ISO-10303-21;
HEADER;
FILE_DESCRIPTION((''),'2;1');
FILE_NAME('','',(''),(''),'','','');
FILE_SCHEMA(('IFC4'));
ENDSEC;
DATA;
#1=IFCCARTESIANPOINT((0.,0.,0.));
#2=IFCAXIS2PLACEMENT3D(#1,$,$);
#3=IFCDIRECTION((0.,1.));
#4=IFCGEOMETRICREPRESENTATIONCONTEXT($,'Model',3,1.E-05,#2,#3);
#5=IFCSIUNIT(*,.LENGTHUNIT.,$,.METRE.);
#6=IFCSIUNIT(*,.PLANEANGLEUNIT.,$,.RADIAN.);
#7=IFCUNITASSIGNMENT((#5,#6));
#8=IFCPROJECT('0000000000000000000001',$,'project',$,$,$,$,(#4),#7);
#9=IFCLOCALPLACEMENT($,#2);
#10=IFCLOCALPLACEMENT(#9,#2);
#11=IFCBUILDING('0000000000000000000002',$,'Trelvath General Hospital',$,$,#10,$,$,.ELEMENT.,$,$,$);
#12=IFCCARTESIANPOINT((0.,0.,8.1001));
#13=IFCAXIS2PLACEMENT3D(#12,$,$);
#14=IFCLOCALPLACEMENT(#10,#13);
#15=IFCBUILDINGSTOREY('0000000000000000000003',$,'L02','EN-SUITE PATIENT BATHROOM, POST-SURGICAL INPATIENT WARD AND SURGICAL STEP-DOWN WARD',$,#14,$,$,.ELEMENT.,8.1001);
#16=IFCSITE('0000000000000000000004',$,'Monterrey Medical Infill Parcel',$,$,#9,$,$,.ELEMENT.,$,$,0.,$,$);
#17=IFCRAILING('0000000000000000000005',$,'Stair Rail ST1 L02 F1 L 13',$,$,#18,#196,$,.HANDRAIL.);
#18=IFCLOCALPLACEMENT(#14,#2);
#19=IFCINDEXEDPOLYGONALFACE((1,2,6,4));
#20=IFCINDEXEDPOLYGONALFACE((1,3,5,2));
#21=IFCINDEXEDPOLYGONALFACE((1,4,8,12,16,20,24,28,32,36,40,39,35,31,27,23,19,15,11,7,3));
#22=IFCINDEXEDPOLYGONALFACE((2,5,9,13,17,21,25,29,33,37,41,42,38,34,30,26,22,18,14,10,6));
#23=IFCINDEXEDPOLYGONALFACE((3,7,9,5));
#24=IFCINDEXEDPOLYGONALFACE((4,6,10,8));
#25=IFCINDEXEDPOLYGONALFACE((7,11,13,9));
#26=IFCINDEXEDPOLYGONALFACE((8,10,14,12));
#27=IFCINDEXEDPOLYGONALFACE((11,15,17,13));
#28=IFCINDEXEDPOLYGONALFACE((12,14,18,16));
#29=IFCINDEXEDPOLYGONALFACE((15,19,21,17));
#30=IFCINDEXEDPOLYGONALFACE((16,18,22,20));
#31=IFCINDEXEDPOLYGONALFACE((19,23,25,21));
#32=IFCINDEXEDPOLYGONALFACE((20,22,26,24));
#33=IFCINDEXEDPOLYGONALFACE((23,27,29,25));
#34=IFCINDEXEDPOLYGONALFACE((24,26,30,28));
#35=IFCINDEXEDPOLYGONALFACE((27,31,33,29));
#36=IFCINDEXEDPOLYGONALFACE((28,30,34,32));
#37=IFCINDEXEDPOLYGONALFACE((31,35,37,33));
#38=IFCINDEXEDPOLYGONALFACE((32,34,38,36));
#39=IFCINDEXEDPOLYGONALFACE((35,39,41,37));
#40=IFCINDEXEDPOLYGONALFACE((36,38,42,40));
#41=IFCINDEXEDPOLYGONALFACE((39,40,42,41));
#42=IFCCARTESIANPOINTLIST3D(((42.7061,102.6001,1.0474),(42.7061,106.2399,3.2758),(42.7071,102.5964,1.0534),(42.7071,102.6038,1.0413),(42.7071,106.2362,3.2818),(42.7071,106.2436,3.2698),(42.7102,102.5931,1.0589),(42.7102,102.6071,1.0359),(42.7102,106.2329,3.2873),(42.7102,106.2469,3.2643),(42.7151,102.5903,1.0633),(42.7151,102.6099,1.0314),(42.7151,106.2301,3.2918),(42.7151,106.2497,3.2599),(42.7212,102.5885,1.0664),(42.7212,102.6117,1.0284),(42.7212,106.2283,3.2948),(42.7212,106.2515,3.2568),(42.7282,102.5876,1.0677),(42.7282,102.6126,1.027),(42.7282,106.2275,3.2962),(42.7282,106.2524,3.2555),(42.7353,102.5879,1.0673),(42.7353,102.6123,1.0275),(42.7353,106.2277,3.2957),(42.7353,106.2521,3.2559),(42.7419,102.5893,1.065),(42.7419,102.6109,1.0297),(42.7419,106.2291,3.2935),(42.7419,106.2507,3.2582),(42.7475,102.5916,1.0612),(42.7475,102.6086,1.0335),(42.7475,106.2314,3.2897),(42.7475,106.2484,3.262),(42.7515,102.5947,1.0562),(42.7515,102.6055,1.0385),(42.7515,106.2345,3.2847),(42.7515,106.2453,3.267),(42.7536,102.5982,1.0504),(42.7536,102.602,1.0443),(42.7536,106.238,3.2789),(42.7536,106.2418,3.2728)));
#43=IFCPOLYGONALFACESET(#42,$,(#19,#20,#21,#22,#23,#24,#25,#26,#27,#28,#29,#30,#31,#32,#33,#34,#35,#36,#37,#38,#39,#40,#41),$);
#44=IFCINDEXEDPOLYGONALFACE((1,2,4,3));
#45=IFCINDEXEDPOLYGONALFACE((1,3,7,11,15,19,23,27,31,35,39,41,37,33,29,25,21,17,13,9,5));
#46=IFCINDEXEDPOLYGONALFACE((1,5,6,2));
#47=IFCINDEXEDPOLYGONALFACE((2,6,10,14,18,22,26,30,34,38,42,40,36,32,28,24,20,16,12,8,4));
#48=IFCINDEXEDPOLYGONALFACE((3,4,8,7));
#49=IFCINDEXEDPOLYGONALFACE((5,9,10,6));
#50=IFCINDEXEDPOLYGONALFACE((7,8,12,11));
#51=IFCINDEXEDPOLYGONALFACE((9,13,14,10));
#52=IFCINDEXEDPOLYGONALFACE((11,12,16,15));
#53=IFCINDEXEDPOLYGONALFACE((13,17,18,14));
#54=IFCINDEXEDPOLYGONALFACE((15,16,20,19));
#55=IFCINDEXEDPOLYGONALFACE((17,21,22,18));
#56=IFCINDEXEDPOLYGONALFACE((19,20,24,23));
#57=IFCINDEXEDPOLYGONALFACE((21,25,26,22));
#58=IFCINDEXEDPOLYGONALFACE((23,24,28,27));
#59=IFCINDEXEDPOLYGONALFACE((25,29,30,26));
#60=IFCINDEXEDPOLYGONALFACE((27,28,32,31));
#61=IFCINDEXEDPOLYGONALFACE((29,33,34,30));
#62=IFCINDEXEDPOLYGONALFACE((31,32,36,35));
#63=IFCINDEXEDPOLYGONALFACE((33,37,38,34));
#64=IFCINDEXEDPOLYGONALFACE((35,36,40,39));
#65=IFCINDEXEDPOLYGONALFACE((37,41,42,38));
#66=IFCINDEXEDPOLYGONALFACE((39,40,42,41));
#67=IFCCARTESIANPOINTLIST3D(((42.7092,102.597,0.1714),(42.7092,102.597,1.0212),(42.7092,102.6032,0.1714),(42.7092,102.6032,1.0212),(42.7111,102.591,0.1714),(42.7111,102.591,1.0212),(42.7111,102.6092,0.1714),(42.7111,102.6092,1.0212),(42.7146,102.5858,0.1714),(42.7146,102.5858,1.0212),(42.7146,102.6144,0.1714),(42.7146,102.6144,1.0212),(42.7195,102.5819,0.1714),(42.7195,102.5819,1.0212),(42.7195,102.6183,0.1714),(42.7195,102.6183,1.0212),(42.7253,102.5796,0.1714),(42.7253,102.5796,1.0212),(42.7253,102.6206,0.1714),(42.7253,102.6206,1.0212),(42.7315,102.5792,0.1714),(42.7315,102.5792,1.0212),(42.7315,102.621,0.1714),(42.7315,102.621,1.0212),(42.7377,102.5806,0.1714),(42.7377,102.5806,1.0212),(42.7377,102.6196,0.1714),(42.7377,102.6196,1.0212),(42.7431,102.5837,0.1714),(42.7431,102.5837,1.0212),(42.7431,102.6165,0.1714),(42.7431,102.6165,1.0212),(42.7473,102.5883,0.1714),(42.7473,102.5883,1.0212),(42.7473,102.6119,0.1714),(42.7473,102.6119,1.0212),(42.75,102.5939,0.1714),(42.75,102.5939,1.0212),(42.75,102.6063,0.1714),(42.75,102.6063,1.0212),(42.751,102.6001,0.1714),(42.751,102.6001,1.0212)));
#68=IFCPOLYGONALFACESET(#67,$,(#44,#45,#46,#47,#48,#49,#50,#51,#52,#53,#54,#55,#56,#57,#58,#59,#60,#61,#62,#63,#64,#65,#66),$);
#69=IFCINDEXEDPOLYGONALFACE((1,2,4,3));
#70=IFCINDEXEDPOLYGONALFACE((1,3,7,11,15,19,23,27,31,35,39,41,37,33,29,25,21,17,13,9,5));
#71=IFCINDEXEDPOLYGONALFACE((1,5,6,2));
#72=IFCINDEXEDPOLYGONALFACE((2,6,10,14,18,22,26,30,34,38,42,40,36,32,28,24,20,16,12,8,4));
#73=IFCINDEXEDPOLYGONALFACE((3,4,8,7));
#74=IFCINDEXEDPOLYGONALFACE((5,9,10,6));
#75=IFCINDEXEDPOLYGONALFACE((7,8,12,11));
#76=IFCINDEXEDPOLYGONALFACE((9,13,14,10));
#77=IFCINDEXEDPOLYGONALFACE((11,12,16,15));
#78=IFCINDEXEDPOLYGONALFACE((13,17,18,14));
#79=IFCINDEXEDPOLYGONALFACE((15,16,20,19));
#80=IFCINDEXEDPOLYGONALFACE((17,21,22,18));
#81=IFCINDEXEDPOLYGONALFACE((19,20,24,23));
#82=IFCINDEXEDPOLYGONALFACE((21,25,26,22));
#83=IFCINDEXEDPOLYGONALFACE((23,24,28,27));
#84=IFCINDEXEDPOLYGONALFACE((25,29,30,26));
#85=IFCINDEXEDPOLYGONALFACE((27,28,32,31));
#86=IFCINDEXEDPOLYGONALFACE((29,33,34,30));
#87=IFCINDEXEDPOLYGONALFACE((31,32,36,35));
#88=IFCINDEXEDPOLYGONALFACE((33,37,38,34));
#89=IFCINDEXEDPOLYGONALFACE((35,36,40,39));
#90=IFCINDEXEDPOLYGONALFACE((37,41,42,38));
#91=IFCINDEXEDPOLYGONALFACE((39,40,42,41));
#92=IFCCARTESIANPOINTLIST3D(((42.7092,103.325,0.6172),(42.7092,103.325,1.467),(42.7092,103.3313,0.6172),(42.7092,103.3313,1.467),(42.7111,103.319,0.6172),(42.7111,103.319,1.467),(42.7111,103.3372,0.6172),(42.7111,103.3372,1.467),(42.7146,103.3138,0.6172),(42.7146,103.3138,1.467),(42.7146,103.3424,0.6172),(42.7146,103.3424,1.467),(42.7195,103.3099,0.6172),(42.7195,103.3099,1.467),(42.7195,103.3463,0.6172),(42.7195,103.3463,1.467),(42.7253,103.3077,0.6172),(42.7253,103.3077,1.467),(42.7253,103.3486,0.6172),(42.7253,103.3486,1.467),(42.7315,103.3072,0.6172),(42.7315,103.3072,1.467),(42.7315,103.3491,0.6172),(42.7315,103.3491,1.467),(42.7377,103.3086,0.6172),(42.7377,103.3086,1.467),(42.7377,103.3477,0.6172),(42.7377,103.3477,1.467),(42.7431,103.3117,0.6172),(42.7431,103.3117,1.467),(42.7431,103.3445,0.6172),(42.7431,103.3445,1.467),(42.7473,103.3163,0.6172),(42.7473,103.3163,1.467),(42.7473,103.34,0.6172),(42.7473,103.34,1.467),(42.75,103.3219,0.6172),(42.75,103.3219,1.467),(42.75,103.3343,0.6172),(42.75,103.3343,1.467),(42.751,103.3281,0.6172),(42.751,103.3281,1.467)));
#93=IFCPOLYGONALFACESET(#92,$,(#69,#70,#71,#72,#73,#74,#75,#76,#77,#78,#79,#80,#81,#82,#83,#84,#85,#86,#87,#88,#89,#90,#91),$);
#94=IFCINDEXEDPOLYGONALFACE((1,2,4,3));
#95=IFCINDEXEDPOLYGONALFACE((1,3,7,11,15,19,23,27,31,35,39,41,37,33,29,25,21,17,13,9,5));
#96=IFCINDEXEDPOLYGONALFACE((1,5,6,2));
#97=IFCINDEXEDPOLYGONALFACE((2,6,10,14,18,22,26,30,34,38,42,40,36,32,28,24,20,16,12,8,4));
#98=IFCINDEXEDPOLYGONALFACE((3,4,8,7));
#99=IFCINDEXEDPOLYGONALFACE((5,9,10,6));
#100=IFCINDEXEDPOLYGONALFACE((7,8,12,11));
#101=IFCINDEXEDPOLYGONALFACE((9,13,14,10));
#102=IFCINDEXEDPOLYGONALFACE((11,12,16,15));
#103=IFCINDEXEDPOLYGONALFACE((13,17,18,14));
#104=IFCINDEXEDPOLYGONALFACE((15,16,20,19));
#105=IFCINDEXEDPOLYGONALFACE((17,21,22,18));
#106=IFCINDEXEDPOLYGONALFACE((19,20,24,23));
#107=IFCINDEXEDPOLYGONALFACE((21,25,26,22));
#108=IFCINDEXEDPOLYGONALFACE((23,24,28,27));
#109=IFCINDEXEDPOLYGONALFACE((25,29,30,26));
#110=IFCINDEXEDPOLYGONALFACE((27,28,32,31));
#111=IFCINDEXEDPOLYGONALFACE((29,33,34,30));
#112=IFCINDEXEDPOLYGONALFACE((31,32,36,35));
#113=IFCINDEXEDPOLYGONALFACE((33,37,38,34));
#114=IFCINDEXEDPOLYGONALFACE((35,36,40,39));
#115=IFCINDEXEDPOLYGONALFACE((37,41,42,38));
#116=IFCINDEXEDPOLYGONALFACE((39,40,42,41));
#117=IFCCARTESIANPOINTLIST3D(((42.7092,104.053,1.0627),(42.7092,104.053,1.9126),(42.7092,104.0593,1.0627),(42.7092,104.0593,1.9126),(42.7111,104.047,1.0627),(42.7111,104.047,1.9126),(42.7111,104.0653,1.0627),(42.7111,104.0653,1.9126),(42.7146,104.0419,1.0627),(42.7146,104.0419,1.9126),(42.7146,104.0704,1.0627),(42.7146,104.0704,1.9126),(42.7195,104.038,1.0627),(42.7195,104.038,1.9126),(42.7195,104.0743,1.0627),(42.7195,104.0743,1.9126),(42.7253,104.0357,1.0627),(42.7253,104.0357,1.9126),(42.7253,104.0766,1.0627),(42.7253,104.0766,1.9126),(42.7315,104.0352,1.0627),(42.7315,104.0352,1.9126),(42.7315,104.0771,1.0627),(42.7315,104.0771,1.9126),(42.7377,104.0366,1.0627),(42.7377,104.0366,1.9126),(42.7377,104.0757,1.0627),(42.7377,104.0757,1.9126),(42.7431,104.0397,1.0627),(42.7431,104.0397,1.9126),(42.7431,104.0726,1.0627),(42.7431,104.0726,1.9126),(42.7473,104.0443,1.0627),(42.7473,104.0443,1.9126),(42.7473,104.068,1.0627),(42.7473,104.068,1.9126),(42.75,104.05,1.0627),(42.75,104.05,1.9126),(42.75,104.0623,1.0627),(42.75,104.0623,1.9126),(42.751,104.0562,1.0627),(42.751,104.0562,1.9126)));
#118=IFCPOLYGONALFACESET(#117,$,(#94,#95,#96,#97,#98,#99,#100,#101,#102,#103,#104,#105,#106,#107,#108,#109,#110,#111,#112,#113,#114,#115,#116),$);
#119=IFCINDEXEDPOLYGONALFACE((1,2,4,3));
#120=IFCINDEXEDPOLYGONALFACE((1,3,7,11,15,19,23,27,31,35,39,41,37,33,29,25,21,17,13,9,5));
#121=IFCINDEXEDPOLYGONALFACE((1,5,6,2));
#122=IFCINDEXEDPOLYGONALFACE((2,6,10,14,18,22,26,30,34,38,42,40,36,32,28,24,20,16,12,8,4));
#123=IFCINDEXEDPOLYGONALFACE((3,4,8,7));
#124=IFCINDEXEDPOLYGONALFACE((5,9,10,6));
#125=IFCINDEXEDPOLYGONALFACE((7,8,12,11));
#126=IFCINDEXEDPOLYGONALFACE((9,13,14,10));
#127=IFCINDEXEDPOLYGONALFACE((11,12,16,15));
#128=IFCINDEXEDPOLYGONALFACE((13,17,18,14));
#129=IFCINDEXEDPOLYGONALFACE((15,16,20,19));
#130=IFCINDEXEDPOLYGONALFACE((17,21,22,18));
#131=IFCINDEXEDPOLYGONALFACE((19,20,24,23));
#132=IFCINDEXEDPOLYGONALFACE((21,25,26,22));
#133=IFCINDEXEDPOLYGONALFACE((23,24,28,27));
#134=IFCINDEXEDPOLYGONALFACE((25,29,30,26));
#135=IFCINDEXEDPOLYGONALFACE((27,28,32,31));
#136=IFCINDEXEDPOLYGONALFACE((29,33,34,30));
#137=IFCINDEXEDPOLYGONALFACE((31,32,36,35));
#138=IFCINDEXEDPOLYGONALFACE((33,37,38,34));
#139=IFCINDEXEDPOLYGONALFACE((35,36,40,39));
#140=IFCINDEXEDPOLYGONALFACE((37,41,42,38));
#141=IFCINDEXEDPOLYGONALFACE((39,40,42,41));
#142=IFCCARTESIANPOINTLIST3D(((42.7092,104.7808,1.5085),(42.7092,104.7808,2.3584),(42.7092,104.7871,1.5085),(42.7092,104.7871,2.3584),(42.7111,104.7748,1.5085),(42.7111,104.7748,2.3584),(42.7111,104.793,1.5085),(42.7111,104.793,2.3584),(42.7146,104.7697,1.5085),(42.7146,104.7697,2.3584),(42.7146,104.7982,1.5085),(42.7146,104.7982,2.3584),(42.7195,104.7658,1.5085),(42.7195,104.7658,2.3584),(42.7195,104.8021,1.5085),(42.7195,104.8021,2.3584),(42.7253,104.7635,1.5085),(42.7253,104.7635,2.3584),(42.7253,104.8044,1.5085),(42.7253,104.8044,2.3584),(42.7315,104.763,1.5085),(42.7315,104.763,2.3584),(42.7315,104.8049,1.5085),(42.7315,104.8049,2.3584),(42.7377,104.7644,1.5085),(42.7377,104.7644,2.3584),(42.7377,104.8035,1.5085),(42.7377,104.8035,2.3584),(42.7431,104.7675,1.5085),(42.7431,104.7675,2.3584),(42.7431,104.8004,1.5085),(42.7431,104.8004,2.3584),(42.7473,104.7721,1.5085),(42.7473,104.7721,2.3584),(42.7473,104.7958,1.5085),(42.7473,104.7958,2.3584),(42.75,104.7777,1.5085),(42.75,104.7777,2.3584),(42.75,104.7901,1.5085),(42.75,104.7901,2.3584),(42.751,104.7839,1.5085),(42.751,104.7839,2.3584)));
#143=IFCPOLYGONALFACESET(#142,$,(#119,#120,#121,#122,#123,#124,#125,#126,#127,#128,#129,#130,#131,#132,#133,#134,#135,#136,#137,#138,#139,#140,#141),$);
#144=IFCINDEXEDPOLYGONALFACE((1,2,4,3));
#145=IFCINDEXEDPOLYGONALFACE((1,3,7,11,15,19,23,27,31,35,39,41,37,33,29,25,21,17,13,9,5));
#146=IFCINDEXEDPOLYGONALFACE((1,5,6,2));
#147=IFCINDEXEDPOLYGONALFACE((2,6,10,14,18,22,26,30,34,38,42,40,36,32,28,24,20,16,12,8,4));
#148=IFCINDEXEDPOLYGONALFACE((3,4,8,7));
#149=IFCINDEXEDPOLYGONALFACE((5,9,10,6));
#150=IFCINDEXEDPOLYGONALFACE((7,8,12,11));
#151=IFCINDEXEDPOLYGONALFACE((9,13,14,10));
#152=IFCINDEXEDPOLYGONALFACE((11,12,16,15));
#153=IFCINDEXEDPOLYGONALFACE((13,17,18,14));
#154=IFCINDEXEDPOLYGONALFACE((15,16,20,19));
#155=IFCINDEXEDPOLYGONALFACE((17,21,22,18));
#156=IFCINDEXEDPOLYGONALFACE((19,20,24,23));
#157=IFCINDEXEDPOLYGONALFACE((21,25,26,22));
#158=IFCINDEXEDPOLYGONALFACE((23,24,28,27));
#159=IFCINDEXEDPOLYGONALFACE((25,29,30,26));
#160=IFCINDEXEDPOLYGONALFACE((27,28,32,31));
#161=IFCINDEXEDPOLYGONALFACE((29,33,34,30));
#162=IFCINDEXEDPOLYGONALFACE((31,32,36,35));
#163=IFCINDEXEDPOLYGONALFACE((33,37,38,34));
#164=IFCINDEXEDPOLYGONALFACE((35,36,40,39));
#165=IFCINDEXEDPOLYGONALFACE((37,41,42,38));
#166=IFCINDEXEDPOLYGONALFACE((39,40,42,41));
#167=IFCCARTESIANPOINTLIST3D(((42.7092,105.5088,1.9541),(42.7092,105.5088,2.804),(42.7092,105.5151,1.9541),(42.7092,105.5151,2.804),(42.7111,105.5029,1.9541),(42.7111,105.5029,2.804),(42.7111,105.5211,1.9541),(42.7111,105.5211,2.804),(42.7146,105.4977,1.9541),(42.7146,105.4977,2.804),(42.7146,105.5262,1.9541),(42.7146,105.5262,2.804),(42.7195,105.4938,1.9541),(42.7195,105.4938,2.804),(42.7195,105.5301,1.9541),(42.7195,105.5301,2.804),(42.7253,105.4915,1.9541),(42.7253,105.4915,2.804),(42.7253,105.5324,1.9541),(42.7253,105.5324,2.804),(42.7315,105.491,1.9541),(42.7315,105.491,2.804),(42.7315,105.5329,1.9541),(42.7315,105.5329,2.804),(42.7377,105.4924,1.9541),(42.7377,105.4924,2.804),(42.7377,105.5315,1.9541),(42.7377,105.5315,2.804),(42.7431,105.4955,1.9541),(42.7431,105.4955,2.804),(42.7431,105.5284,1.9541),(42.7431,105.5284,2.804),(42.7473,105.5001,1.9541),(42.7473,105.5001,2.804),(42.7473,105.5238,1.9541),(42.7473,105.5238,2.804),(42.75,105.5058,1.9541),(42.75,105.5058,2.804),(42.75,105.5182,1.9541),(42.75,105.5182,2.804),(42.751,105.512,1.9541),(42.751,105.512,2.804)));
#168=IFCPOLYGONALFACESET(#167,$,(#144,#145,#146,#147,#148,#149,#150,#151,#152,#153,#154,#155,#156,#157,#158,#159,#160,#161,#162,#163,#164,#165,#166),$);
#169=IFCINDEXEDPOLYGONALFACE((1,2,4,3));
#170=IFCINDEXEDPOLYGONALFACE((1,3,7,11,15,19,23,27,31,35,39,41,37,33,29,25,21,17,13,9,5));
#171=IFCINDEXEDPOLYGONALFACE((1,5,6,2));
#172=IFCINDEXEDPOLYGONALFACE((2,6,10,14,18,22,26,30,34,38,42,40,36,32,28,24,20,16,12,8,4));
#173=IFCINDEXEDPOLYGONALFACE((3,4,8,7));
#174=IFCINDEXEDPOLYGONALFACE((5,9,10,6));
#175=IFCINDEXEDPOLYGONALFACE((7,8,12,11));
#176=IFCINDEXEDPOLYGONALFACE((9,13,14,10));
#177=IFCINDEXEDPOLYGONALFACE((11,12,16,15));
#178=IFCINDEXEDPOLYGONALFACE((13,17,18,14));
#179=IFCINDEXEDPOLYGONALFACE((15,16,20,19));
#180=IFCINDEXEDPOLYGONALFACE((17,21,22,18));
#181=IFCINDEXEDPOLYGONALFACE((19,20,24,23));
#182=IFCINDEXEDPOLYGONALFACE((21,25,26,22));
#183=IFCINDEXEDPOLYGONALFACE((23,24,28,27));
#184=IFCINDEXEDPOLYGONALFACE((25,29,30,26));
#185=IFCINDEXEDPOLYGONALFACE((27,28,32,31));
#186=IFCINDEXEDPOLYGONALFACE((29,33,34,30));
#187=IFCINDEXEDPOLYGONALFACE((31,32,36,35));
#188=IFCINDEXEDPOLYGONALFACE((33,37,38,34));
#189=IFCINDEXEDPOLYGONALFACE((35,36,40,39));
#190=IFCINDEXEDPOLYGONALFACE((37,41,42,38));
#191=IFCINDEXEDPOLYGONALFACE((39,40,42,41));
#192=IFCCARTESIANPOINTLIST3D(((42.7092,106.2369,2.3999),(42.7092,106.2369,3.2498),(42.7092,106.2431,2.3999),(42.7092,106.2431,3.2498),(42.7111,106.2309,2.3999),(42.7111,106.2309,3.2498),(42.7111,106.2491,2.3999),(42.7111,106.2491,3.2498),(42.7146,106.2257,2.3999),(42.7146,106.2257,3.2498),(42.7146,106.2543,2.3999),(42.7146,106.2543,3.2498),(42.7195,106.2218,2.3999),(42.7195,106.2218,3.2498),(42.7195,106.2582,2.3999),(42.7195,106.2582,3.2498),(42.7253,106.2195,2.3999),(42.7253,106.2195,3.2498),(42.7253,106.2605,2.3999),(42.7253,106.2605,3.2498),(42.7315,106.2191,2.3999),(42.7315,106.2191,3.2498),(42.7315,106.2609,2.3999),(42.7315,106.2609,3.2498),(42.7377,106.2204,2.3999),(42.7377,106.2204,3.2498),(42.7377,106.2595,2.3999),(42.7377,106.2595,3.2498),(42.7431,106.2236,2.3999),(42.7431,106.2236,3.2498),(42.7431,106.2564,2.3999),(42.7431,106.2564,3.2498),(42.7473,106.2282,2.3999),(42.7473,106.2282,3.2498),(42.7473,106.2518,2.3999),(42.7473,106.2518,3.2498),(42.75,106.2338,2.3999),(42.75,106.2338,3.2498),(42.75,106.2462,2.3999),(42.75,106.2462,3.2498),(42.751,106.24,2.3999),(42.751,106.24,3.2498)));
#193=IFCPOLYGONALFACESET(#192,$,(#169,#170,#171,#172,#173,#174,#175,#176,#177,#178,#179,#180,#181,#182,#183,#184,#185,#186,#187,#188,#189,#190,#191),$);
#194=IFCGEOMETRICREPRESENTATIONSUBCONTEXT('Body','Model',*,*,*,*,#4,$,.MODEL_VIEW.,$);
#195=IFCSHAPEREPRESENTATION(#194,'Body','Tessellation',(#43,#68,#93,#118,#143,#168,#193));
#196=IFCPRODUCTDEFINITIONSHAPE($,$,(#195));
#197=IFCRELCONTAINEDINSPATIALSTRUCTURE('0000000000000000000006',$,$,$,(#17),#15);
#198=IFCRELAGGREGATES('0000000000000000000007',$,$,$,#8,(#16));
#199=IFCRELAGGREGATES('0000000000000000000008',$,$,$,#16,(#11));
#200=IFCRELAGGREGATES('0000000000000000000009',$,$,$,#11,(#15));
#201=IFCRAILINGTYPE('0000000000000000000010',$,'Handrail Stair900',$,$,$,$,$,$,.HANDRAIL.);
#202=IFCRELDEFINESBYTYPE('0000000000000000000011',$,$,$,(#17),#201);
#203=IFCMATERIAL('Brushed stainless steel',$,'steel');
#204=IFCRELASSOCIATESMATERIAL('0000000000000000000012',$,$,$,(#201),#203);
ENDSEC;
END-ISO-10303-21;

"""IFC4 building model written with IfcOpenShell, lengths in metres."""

from ifc_helpers import new_model, si_unit, direction, frame, origin, origin_2d, place, context, subcontext, project, spatial, circle, extrude, material, type_object, element, save


model = new_model("IFC4")

# Units and contexts
model_context = context("Model", 3, precision=1e-05, world=origin(), true_north=direction((0.0, 1.0)))
body_context = subcontext(model_context, "Body", "Model", "MODEL_VIEW")
ifc_project = project(units=[si_unit("LENGTHUNIT", "METRE"), si_unit("PLANEANGLEUNIT", "RADIAN")], contexts=[model_context])

# Site, building, storey
site_placement = place(None, origin())
site = spatial("IfcSite", under=ifc_project, at=site_placement, Name="Monterrey Medical Infill Parcel", CompositionType="ELEMENT", RefElevation=0.0)
building_placement = place(site_placement, origin())
building = spatial("IfcBuilding", under=site, at=building_placement, Name="Trelvath General Hospital", CompositionType="ELEMENT")
storey_placement = place(building_placement, frame((0.0, 0.0, 8.1001)))
storey = spatial("IfcBuildingStorey", under=building, at=storey_placement, Name="L02", Description="EN-SUITE PATIENT BATHROOM, POST-SURGICAL INPATIENT WARD AND SURGICAL STEP-DOWN WARD", CompositionType="ELEMENT", Elevation=8.1001)

# Railing
ifc_material_1 = material(Name="Brushed stainless steel", Category="steel")
railing_type_1 = type_object("IfcRailingType", Name="Handrail Stair900", PredefinedType="HANDRAIL", material=ifc_material_1)
railing_1_placement = place(storey_placement, frame((42.73, 102.6001, 0.1714)))
element("IfcRailing", 1, at=railing_1_placement, inside=storey, type_object=railing_type_1, Name="Stair Rail ST1 L02 F1 L 13", PredefinedType="HANDRAIL", context=body_context, shape_type="SweptSolid", body=[
    extrude(circle(Radius=0.0239, at=origin_2d()), frame((0.0, 0.0, 0.876), z_axis=(0.0, 0.85285, 0.522156), x_axis=(-1.0, 0.0, 0.0)), (0.0, 0.0, 1.0), 4.2678),
    extrude(circle(Radius=0.021, at=origin_2d()), origin(), (0.0, 0.0, 1.0), 0.8499),
    extrude(circle(Radius=0.021, at=origin_2d()), frame((0.0, 0.728, 0.4458)), (0.0, 0.0, 1.0), 0.8499),
    extrude(circle(Radius=0.021, at=origin_2d()), frame((0.0, 1.4561, 0.8914)), (0.0, 0.0, 1.0), 0.8499),
    extrude(circle(Radius=0.021, at=origin_2d()), frame((0.0, 2.1838, 1.3372)), (0.0, 0.0, 1.0), 0.8499),
    extrude(circle(Radius=0.021, at=origin_2d()), frame((0.0, 2.9119, 1.7827)), (0.0, 0.0, 1.0), 0.8499),
    extrude(circle(Radius=0.021, at=origin_2d()), frame((0.0, 3.6399, 2.2285)), (0.0, 0.0, 1.0), 0.8499),
])

save(model, "model.ifc")
